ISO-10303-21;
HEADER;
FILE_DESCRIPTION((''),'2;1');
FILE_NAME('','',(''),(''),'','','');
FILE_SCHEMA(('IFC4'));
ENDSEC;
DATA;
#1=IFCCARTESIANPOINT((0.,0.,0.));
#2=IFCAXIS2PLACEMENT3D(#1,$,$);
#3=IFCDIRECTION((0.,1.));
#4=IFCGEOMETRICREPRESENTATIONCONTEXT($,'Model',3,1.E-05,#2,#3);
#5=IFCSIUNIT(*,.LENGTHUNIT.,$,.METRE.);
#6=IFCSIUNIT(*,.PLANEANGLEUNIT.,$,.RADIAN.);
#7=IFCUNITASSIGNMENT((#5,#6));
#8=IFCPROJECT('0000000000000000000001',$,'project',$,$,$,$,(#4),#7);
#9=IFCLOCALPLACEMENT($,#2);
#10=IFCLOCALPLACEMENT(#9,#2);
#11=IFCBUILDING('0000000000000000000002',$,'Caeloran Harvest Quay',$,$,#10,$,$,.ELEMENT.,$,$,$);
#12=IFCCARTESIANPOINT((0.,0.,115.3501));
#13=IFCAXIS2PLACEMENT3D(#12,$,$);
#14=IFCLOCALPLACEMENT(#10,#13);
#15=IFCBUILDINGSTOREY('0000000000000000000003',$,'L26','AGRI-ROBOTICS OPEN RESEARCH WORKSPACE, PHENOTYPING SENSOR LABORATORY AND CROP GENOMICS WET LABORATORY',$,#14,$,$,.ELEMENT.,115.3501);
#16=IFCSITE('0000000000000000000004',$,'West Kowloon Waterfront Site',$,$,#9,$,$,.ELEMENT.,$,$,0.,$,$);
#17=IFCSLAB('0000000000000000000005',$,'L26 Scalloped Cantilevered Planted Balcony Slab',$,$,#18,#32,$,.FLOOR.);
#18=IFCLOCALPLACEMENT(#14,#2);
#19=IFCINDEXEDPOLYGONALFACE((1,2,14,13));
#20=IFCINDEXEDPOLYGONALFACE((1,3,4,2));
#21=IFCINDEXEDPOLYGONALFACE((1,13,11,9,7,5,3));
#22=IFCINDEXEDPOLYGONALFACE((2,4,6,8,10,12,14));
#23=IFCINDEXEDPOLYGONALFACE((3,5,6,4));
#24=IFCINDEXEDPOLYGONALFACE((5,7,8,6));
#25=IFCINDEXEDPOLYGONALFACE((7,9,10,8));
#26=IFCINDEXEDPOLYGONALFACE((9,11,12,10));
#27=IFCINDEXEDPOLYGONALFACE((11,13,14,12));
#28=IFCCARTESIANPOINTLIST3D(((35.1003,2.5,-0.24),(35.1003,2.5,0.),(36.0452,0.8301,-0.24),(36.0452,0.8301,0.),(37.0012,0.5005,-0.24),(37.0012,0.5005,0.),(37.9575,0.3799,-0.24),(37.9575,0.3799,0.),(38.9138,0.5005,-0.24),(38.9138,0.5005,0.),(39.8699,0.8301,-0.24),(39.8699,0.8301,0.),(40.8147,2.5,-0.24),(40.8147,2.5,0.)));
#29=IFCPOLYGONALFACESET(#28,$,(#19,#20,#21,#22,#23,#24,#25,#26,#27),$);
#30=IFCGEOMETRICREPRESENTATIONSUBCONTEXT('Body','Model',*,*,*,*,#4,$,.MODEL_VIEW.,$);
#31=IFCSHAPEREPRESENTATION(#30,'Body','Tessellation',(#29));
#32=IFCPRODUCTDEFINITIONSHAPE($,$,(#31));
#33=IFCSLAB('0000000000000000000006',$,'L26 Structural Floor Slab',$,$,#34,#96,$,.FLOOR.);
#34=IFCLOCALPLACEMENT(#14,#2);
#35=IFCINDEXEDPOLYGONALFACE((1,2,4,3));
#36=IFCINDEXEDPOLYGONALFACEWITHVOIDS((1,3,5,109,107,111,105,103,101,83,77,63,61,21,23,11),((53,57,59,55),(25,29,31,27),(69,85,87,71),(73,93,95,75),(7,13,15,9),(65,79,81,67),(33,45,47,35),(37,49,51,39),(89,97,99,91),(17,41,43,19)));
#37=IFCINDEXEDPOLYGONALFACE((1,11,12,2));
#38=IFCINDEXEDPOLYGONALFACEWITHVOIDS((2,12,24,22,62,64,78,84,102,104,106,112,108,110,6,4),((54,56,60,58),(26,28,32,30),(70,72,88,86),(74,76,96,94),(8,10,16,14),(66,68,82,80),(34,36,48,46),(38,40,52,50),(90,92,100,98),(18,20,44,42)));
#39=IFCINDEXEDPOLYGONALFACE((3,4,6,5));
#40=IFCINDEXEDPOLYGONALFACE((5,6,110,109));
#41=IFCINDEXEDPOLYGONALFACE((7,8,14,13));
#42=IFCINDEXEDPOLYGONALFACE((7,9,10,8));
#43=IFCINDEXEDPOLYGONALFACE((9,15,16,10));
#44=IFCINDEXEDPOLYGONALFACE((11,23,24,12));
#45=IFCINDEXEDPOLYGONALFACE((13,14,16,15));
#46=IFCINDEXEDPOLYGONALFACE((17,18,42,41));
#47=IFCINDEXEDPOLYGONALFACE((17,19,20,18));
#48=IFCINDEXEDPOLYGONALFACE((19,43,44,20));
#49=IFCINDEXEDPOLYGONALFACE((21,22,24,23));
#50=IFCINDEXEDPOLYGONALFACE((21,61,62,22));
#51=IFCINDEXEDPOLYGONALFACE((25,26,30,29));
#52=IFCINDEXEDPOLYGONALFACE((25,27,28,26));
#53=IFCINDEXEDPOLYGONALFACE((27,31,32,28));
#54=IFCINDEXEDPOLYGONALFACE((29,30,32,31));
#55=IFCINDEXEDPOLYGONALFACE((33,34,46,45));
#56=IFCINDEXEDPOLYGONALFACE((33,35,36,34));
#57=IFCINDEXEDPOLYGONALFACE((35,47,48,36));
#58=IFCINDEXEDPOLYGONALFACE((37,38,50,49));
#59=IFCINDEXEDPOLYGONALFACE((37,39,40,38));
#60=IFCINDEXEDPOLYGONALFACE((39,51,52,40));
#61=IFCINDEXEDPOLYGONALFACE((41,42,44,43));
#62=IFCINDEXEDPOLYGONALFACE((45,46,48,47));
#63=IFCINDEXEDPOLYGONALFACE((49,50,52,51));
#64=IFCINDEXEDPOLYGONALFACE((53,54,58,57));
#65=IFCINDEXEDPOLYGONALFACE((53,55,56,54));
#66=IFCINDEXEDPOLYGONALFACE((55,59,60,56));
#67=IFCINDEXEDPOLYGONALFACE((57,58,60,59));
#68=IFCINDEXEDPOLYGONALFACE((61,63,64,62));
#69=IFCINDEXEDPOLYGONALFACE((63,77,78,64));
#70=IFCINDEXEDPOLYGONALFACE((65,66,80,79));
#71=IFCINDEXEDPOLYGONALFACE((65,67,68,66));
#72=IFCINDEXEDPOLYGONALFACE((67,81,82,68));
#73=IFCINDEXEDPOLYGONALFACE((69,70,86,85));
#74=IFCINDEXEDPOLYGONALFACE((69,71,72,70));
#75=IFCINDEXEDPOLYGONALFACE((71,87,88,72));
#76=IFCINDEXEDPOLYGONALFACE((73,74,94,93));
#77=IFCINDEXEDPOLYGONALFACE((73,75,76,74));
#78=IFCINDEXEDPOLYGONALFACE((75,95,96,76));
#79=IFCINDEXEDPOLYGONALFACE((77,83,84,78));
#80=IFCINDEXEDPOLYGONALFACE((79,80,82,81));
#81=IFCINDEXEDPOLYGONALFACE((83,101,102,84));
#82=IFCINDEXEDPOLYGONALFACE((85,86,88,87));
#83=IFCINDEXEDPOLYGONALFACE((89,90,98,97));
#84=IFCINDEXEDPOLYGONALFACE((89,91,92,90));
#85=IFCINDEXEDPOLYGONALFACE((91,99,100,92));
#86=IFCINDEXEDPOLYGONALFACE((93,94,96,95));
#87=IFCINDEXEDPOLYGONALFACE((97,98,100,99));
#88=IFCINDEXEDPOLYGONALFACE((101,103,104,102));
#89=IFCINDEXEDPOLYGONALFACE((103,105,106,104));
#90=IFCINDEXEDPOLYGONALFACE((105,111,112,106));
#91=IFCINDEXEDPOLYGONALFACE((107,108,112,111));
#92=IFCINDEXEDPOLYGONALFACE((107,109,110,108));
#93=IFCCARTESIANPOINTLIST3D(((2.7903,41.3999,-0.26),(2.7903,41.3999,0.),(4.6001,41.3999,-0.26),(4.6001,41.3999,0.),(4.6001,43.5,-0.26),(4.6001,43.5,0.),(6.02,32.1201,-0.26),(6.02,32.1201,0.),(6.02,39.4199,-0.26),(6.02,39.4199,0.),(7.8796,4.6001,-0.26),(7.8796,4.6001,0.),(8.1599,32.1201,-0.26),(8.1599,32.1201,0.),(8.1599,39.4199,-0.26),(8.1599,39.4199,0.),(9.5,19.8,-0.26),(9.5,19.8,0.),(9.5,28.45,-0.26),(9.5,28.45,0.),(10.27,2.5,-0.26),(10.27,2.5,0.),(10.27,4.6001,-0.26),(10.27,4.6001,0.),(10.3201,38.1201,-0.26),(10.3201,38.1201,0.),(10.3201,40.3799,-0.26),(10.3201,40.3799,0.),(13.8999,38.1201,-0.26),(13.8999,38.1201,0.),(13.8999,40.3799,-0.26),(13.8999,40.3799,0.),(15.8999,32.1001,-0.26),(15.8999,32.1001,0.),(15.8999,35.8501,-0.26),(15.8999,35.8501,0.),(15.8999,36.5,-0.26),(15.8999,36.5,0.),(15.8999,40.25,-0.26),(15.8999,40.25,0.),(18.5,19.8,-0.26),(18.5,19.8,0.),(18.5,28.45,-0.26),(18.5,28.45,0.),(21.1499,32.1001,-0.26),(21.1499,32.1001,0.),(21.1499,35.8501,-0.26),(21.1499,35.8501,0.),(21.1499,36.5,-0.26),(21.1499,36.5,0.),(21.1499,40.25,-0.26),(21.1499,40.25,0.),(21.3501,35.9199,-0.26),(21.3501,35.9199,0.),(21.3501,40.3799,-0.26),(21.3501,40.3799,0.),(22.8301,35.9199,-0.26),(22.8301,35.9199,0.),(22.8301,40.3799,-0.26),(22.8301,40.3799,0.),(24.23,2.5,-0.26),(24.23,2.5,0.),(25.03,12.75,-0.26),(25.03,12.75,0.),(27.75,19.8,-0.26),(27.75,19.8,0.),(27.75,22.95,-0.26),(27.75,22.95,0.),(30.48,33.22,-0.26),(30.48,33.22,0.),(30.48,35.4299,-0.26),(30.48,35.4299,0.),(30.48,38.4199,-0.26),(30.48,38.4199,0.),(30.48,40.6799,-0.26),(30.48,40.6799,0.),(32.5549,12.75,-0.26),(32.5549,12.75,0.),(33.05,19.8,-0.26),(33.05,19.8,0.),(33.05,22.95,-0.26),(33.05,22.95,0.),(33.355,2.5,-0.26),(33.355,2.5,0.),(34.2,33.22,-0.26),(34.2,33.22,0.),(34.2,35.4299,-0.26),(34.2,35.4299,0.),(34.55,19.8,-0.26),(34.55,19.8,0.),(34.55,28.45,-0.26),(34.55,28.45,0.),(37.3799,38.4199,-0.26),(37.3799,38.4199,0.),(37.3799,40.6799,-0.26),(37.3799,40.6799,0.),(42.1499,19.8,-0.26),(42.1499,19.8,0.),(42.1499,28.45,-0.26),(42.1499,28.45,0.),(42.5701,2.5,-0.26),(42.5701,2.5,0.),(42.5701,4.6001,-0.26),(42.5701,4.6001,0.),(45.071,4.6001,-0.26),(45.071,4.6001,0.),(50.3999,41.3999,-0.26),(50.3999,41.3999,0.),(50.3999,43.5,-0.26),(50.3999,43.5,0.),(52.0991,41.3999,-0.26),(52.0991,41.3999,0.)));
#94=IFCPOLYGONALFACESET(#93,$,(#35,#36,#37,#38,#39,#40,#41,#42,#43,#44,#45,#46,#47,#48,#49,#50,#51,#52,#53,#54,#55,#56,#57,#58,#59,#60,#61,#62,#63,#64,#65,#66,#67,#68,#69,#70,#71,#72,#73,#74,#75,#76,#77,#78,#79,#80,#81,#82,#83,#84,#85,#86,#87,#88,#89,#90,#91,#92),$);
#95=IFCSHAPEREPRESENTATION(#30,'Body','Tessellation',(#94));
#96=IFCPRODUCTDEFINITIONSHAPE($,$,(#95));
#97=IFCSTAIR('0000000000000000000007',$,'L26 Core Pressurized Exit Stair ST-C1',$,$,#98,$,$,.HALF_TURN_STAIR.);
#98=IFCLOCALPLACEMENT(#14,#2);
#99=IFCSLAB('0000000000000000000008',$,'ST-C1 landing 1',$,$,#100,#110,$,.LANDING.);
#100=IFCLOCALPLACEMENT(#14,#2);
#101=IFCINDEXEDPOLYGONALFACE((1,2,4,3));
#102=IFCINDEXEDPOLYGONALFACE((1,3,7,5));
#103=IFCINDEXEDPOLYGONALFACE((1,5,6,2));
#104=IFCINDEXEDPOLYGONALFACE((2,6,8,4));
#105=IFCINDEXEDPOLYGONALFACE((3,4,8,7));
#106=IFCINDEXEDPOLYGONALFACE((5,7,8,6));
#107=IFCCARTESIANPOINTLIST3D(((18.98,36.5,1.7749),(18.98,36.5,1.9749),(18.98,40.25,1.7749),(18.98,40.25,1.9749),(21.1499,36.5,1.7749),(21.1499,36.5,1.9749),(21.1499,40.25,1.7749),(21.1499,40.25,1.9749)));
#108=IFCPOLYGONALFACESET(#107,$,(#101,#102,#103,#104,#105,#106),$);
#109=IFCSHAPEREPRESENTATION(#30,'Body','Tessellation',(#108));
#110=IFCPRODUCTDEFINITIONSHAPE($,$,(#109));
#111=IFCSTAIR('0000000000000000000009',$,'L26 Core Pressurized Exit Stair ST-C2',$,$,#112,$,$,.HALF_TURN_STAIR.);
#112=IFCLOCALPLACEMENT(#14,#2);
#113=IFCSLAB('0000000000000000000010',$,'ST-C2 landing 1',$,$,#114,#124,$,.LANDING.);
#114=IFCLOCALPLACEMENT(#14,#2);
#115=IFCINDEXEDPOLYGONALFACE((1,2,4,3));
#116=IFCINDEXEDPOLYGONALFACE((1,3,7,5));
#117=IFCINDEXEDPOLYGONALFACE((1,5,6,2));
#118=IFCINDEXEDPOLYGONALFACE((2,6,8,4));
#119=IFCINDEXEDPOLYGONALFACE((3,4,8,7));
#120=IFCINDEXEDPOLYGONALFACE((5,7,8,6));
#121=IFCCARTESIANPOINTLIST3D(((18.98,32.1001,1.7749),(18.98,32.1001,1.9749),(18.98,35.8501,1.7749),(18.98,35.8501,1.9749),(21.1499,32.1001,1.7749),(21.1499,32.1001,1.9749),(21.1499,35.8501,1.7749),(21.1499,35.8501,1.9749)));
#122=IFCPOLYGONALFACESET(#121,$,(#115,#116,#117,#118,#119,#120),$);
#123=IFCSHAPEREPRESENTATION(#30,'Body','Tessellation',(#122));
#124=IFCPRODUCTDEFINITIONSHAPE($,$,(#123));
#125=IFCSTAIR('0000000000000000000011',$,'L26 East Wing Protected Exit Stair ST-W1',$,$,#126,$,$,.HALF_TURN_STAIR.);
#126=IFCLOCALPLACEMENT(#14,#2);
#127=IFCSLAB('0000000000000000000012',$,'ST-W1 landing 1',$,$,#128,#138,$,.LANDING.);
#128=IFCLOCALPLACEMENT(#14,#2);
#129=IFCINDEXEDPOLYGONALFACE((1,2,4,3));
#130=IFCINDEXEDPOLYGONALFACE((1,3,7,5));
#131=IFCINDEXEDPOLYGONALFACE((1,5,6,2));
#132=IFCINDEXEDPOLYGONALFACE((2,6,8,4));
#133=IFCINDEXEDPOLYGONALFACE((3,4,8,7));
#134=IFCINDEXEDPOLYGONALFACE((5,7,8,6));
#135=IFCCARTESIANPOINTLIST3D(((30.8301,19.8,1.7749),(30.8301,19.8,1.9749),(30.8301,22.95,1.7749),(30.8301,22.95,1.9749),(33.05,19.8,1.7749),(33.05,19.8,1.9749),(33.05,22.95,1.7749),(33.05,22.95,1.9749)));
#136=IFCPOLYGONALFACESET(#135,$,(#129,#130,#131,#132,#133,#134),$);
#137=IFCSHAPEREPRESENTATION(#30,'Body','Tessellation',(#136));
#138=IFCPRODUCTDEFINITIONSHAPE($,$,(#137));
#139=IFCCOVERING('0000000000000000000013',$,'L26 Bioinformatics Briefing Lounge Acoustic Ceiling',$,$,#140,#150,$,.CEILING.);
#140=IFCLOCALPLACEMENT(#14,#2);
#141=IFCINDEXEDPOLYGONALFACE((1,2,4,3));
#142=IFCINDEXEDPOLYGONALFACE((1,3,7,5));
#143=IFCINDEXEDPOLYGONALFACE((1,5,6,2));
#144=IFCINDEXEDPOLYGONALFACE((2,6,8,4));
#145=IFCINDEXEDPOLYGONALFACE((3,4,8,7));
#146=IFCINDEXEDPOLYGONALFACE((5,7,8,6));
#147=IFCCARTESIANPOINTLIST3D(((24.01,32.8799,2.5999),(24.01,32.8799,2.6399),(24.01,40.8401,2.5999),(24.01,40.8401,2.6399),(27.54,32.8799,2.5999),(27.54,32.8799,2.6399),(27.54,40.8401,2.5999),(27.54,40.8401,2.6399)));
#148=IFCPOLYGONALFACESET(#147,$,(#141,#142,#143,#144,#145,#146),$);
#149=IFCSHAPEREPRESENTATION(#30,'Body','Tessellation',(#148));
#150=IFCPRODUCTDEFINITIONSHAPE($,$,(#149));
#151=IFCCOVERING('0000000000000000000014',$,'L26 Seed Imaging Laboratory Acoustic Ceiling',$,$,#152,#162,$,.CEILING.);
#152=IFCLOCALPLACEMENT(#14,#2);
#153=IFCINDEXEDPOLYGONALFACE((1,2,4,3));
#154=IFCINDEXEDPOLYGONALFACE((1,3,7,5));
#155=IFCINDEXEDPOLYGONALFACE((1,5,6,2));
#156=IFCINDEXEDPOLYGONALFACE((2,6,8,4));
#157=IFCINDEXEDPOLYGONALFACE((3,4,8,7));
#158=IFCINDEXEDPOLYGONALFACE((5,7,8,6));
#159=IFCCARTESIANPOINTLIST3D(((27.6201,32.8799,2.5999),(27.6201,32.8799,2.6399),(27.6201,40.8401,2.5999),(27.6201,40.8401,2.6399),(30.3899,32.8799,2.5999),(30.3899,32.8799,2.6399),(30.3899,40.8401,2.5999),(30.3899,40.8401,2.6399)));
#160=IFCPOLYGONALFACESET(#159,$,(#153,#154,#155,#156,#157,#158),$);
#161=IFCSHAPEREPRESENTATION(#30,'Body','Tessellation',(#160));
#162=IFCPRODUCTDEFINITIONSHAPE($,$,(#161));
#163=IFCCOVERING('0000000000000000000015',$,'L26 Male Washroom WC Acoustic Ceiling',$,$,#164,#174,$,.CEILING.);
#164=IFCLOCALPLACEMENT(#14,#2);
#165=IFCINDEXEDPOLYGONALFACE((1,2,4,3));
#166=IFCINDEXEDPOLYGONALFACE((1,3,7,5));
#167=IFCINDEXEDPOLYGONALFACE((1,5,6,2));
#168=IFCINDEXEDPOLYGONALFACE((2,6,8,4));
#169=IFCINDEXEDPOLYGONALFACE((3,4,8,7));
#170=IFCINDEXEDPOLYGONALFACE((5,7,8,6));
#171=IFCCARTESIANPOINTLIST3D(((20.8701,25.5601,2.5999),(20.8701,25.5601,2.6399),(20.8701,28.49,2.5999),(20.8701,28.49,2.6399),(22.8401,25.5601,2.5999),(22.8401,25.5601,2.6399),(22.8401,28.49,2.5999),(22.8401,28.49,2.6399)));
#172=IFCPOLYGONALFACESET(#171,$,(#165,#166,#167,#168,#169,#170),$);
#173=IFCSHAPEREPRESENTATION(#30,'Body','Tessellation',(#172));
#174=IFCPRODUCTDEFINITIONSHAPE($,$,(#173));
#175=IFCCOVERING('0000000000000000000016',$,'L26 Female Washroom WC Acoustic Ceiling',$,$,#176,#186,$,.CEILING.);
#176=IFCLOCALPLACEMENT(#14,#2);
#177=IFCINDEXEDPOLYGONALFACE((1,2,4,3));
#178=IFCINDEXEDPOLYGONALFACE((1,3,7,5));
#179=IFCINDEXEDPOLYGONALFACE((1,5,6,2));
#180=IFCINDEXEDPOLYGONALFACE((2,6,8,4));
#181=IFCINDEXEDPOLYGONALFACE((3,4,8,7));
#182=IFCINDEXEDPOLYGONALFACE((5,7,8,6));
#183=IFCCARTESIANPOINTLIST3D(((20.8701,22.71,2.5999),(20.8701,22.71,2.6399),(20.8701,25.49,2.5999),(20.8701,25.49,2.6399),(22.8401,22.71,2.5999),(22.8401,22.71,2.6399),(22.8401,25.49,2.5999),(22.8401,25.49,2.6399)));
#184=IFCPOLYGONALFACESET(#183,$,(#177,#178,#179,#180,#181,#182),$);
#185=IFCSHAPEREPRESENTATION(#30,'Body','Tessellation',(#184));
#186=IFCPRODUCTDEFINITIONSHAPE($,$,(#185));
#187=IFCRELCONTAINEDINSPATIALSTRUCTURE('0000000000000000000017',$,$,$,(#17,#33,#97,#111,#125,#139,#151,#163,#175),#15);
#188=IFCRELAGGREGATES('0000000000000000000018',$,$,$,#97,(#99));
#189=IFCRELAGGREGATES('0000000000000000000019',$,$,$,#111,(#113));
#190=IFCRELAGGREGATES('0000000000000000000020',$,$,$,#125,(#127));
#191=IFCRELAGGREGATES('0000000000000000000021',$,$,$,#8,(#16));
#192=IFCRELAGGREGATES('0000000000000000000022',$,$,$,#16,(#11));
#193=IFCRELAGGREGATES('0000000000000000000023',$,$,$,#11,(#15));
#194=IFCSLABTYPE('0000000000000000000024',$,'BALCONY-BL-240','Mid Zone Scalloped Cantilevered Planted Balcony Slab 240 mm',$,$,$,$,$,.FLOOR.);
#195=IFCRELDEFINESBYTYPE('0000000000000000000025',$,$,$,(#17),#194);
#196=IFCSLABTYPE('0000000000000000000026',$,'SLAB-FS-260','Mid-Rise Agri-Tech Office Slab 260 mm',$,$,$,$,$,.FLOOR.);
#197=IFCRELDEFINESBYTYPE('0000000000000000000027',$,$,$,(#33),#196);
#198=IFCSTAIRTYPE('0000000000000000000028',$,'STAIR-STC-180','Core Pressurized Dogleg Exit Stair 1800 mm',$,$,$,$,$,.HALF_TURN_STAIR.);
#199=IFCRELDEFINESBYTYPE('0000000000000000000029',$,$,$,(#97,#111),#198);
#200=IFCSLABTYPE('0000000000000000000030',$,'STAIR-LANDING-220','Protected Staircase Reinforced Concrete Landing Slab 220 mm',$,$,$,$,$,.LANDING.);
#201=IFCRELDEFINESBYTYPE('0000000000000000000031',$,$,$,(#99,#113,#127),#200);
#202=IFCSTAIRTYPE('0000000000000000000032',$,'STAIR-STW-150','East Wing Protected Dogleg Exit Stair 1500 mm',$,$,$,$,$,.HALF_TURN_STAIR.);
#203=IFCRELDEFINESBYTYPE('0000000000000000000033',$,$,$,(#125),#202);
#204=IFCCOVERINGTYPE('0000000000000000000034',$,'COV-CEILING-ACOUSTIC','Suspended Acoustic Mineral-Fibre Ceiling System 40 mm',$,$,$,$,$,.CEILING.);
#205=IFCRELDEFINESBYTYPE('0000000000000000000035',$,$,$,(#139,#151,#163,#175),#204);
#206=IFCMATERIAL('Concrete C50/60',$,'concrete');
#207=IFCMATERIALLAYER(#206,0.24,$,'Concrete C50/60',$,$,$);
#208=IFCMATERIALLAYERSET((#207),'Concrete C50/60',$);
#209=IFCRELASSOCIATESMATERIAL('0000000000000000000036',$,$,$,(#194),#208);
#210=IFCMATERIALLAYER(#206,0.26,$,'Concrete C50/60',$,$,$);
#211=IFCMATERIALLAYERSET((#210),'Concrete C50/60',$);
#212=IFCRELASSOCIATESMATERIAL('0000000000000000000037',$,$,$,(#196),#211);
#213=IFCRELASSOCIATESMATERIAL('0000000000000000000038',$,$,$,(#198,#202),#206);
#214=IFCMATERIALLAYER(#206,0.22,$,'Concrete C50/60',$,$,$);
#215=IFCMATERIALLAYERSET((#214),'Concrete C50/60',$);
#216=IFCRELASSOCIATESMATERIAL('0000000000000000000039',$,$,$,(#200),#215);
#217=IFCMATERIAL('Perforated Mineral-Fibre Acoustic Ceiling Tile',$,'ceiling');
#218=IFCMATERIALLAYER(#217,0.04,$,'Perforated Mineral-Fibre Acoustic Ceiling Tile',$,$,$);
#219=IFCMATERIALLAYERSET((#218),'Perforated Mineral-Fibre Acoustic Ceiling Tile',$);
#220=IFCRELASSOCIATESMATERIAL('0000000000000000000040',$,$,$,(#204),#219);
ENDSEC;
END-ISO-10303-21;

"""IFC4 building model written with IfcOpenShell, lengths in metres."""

from ifc_helpers import new_model, si_unit, direction, frame, origin, place, context, subcontext, project, spatial, polyline, outline, extrude, material, layer, layer_set, type_object, element, aggregate, save


model = new_model("IFC4")

# Units and contexts
model_context = context("Model", 3, precision=1e-05, world=origin(), true_north=direction((0.0, 1.0)))
body_context = subcontext(model_context, "Body", "Model", "MODEL_VIEW")
ifc_project = project(units=[si_unit("LENGTHUNIT", "METRE"), si_unit("PLANEANGLEUNIT", "RADIAN")], contexts=[model_context])

# Site, building, storey
site_placement = place(None, origin())
site = spatial("IfcSite", under=ifc_project, at=site_placement, Name="West Kowloon Waterfront Site", CompositionType="ELEMENT", RefElevation=0.0)
building_placement = place(site_placement, origin())
building = spatial("IfcBuilding", under=site, at=building_placement, Name="Caeloran Harvest Quay", CompositionType="ELEMENT")
storey_placement = place(building_placement, frame((0.0, 0.0, 115.3501)))
storey = spatial("IfcBuildingStorey", under=building, at=storey_placement, Name="L26", Description="AGRI-ROBOTICS OPEN RESEARCH WORKSPACE, PHENOTYPING SENSOR LABORATORY AND CROP GENOMICS WET LABORATORY", CompositionType="ELEMENT", Elevation=115.3501)

# Slabs
ifc_material_1 = material(Name="Concrete C50/60", Category="concrete")
ifc_layer_1 = layer(ifc_material_1, 0.24, Name="Concrete C50/60")
ifc_layer_set_1 = layer_set([ifc_layer_1], Name="Concrete C50/60")
slab_type_1 = type_object("IfcSlabType", Name="BALCONY-BL-240", Description="Mid Zone Scalloped Cantilevered Planted Balcony Slab 240 mm", PredefinedType="FLOOR", material=ifc_layer_set_1)
slab_1_placement = place(storey_placement, frame((0.0, 0.0, -0.24)))
element("IfcSlab", 1, at=slab_1_placement, inside=storey, type_object=slab_type_1, Name="L26 Scalloped Cantilevered Planted Balcony Slab", PredefinedType="FLOOR", context=body_context, shape_type="SweptSolid", body=[
    extrude(outline(polyline([(39.8699, 0.8301), (38.9138, 0.5005), (37.9575, 0.3799), (37.0012, 0.5005), (36.0452, 0.8301), (35.1003, 2.5), (40.8147, 2.5), (39.8699, 0.8301)])), origin(), (0.0, 0.0, 1.0), 0.24),
])
ifc_layer_2 = layer(ifc_material_1, 0.26, Name="Concrete C50/60")
ifc_layer_set_2 = layer_set([ifc_layer_2], Name="Concrete C50/60")
slab_type_2 = type_object("IfcSlabType", Name="SLAB-FS-260", Description="Mid-Rise Agri-Tech Office Slab 260 mm", PredefinedType="FLOOR", material=ifc_layer_set_2)
slab_2_placement = place(storey_placement, frame((0.0, 0.0, -0.26)))
element("IfcSlab", 2, at=slab_2_placement, inside=storey, type_object=slab_type_2, Name="L26 Structural Floor Slab", PredefinedType="FLOOR", context=body_context, shape_type="SweptSolid", body=[
    extrude(outline(polyline([(10.27, 2.5), (24.23, 2.5), (25.03, 12.75), (32.5549, 12.75), (33.355, 2.5), (42.5701, 2.5), (42.5701, 4.6001), (45.071, 4.6001), (52.0991, 41.3999), (50.3999, 41.3999), (50.3999, 43.5), (4.6001, 43.5), (4.6001, 41.3999), (2.7903, 41.3999), (7.8796, 4.6001), (10.27, 4.6001), (10.27, 2.5)]), holes=[polyline([(27.75, 19.8), (27.75, 22.95), (33.05, 22.95), (33.05, 19.8), (27.75, 19.8)]), polyline([(18.5, 19.8), (9.5, 19.8), (9.5, 28.45), (18.5, 28.45), (18.5, 19.8)]), polyline([(42.1499, 19.8), (34.55, 19.8), (34.55, 28.45), (42.1499, 28.45), (42.1499, 19.8)]), polyline([(15.8999, 35.8501), (21.1499, 35.8501), (21.1499, 32.1001), (15.8999, 32.1001), (15.8999, 35.8501)]), polyline([(30.48, 33.22), (30.48, 35.4299), (34.2, 35.4299), (34.2, 33.22), (30.48, 33.22)]), polyline([(8.1599, 32.1201), (6.02, 32.1201), (6.02, 39.4199), (8.1599, 39.4199), (8.1599, 32.1201)]), polyline([(22.8301, 35.9199), (21.3501, 35.9199), (21.3501, 40.3799), (22.8301, 40.3799), (22.8301, 35.9199)]), polyline([(15.8999, 36.5), (15.8999, 40.25), (21.1499, 40.25), (21.1499, 36.5), (15.8999, 36.5)]), polyline([(10.3201, 38.1201), (10.3201, 40.3799), (13.8999, 40.3799), (13.8999, 38.1201), (10.3201, 38.1201)]), polyline([(30.48, 38.4199), (30.48, 40.6799), (37.3799, 40.6799), (37.3799, 38.4199), (30.48, 38.4199)])]), origin(), (0.0, 0.0, 1.0), 0.26),
])

# Stairs, slabs
stair_type_1 = type_object("IfcStairType", Name="STAIR-STC-180", Description="Core Pressurized Dogleg Exit Stair 1800 mm", PredefinedType="HALF_TURN_STAIR", material=ifc_material_1)
stair_1_placement = place(storey_placement, origin())
stair_1 = element("IfcStair", 3, at=stair_1_placement, inside=storey, type_object=stair_type_1, Name="L26 Core Pressurized Exit Stair ST-C1", PredefinedType="HALF_TURN_STAIR")
ifc_layer_3 = layer(ifc_material_1, 0.22, Name="Concrete C50/60")
ifc_layer_set_3 = layer_set([ifc_layer_3], Name="Concrete C50/60")
slab_type_3 = type_object("IfcSlabType", Name="STAIR-LANDING-220", Description="Protected Staircase Reinforced Concrete Landing Slab 220 mm", PredefinedType="LANDING", material=ifc_layer_set_3)
slab_3_placement = place(storey_placement, frame((0.0, 0.0, 1.7749)))
slab_3 = element("IfcSlab", 4, at=slab_3_placement, type_object=slab_type_3, Name="ST-C1 landing 1", PredefinedType="LANDING", context=body_context, shape_type="SweptSolid", body=[
    extrude(outline(polyline([(18.98, 36.5), (21.1499, 36.5), (21.1499, 40.25), (18.98, 40.25), (18.98, 36.5)])), origin(), (0.0, 0.0, 1.0), 0.2),
])
aggregate(stair_1, [slab_3])
stair_2_placement = place(storey_placement, origin())
stair_2 = element("IfcStair", 5, at=stair_2_placement, inside=storey, type_object=stair_type_1, Name="L26 Core Pressurized Exit Stair ST-C2", PredefinedType="HALF_TURN_STAIR")
slab_4_placement = place(storey_placement, frame((0.0, 0.0, 1.7749)))
slab_4 = element("IfcSlab", 6, at=slab_4_placement, type_object=slab_type_3, Name="ST-C2 landing 1", PredefinedType="LANDING", context=body_context, shape_type="SweptSolid", body=[
    extrude(outline(polyline([(18.98, 32.1001), (21.1499, 32.1001), (21.1499, 35.8501), (18.98, 35.8501), (18.98, 32.1001)])), origin(), (0.0, 0.0, 1.0), 0.2),
])
aggregate(stair_2, [slab_4])
stair_type_2 = type_object("IfcStairType", Name="STAIR-STW-150", Description="East Wing Protected Dogleg Exit Stair 1500 mm", PredefinedType="HALF_TURN_STAIR", material=ifc_material_1)
stair_3_placement = place(storey_placement, origin())
stair_3 = element("IfcStair", 7, at=stair_3_placement, inside=storey, type_object=stair_type_2, Name="L26 East Wing Protected Exit Stair ST-W1", PredefinedType="HALF_TURN_STAIR")
slab_5_placement = place(storey_placement, frame((0.0, 0.0, 1.7749)))
slab_5 = element("IfcSlab", 8, at=slab_5_placement, type_object=slab_type_3, Name="ST-W1 landing 1", PredefinedType="LANDING", context=body_context, shape_type="SweptSolid", body=[
    extrude(outline(polyline([(30.8301, 19.8), (33.05, 19.8), (33.05, 22.95), (30.8301, 22.95), (30.8301, 19.8)])), origin(), (0.0, 0.0, 1.0), 0.2),
])
aggregate(stair_3, [slab_5])

# Coverings
ifc_material_2 = material(Name="Perforated Mineral-Fibre Acoustic Ceiling Tile", Category="ceiling")
ifc_layer_4 = layer(ifc_material_2, 0.04, Name="Perforated Mineral-Fibre Acoustic Ceiling Tile")
ifc_layer_set_4 = layer_set([ifc_layer_4], Name="Perforated Mineral-Fibre Acoustic Ceiling Tile")
covering_type_1 = type_object("IfcCoveringType", Name="COV-CEILING-ACOUSTIC", Description="Suspended Acoustic Mineral-Fibre Ceiling System 40 mm", PredefinedType="CEILING", material=ifc_layer_set_4)
covering_1_placement = place(storey_placement, frame((0.0, 0.0, 2.5999)))
element("IfcCovering", 9, at=covering_1_placement, inside=storey, type_object=covering_type_1, Name="L26 Bioinformatics Briefing Lounge Acoustic Ceiling", PredefinedType="CEILING", context=body_context, shape_type="SweptSolid", body=[
    extrude(outline(polyline([(27.54, 40.8401), (27.54, 32.8799), (24.01, 32.8799), (24.01, 40.8401), (27.54, 40.8401)])), origin(), (0.0, 0.0, 1.0), 0.04),
])
covering_2_placement = place(storey_placement, frame((0.0, 0.0, 2.5999)))
element("IfcCovering", 10, at=covering_2_placement, inside=storey, type_object=covering_type_1, Name="L26 Seed Imaging Laboratory Acoustic Ceiling", PredefinedType="CEILING", context=body_context, shape_type="SweptSolid", body=[
    extrude(outline(polyline([(30.3899, 40.8401), (30.3899, 32.8799), (27.6201, 32.8799), (27.6201, 40.8401), (30.3899, 40.8401)])), origin(), (0.0, 0.0, 1.0), 0.04),
])
covering_3_placement = place(storey_placement, frame((0.0, 0.0, 2.5999)))
element("IfcCovering", 11, at=covering_3_placement, inside=storey, type_object=covering_type_1, Name="L26 Male Washroom WC Acoustic Ceiling", PredefinedType="CEILING", context=body_context, shape_type="SweptSolid", body=[
    extrude(outline(polyline([(22.8401, 25.5601), (20.8701, 25.5601), (20.8701, 28.49), (22.8401, 28.49), (22.8401, 25.5601)])), origin(), (0.0, 0.0, 1.0), 0.04),
])
covering_4_placement = place(storey_placement, frame((0.0, 0.0, 2.5999)))
element("IfcCovering", 12, at=covering_4_placement, inside=storey, type_object=covering_type_1, Name="L26 Female Washroom WC Acoustic Ceiling", PredefinedType="CEILING", context=body_context, shape_type="SweptSolid", body=[
    extrude(outline(polyline([(22.8401, 22.71), (20.8701, 22.71), (20.8701, 25.49), (22.8401, 25.49), (22.8401, 22.71)])), origin(), (0.0, 0.0, 1.0), 0.04),
])

save(model, "model.ifc")
